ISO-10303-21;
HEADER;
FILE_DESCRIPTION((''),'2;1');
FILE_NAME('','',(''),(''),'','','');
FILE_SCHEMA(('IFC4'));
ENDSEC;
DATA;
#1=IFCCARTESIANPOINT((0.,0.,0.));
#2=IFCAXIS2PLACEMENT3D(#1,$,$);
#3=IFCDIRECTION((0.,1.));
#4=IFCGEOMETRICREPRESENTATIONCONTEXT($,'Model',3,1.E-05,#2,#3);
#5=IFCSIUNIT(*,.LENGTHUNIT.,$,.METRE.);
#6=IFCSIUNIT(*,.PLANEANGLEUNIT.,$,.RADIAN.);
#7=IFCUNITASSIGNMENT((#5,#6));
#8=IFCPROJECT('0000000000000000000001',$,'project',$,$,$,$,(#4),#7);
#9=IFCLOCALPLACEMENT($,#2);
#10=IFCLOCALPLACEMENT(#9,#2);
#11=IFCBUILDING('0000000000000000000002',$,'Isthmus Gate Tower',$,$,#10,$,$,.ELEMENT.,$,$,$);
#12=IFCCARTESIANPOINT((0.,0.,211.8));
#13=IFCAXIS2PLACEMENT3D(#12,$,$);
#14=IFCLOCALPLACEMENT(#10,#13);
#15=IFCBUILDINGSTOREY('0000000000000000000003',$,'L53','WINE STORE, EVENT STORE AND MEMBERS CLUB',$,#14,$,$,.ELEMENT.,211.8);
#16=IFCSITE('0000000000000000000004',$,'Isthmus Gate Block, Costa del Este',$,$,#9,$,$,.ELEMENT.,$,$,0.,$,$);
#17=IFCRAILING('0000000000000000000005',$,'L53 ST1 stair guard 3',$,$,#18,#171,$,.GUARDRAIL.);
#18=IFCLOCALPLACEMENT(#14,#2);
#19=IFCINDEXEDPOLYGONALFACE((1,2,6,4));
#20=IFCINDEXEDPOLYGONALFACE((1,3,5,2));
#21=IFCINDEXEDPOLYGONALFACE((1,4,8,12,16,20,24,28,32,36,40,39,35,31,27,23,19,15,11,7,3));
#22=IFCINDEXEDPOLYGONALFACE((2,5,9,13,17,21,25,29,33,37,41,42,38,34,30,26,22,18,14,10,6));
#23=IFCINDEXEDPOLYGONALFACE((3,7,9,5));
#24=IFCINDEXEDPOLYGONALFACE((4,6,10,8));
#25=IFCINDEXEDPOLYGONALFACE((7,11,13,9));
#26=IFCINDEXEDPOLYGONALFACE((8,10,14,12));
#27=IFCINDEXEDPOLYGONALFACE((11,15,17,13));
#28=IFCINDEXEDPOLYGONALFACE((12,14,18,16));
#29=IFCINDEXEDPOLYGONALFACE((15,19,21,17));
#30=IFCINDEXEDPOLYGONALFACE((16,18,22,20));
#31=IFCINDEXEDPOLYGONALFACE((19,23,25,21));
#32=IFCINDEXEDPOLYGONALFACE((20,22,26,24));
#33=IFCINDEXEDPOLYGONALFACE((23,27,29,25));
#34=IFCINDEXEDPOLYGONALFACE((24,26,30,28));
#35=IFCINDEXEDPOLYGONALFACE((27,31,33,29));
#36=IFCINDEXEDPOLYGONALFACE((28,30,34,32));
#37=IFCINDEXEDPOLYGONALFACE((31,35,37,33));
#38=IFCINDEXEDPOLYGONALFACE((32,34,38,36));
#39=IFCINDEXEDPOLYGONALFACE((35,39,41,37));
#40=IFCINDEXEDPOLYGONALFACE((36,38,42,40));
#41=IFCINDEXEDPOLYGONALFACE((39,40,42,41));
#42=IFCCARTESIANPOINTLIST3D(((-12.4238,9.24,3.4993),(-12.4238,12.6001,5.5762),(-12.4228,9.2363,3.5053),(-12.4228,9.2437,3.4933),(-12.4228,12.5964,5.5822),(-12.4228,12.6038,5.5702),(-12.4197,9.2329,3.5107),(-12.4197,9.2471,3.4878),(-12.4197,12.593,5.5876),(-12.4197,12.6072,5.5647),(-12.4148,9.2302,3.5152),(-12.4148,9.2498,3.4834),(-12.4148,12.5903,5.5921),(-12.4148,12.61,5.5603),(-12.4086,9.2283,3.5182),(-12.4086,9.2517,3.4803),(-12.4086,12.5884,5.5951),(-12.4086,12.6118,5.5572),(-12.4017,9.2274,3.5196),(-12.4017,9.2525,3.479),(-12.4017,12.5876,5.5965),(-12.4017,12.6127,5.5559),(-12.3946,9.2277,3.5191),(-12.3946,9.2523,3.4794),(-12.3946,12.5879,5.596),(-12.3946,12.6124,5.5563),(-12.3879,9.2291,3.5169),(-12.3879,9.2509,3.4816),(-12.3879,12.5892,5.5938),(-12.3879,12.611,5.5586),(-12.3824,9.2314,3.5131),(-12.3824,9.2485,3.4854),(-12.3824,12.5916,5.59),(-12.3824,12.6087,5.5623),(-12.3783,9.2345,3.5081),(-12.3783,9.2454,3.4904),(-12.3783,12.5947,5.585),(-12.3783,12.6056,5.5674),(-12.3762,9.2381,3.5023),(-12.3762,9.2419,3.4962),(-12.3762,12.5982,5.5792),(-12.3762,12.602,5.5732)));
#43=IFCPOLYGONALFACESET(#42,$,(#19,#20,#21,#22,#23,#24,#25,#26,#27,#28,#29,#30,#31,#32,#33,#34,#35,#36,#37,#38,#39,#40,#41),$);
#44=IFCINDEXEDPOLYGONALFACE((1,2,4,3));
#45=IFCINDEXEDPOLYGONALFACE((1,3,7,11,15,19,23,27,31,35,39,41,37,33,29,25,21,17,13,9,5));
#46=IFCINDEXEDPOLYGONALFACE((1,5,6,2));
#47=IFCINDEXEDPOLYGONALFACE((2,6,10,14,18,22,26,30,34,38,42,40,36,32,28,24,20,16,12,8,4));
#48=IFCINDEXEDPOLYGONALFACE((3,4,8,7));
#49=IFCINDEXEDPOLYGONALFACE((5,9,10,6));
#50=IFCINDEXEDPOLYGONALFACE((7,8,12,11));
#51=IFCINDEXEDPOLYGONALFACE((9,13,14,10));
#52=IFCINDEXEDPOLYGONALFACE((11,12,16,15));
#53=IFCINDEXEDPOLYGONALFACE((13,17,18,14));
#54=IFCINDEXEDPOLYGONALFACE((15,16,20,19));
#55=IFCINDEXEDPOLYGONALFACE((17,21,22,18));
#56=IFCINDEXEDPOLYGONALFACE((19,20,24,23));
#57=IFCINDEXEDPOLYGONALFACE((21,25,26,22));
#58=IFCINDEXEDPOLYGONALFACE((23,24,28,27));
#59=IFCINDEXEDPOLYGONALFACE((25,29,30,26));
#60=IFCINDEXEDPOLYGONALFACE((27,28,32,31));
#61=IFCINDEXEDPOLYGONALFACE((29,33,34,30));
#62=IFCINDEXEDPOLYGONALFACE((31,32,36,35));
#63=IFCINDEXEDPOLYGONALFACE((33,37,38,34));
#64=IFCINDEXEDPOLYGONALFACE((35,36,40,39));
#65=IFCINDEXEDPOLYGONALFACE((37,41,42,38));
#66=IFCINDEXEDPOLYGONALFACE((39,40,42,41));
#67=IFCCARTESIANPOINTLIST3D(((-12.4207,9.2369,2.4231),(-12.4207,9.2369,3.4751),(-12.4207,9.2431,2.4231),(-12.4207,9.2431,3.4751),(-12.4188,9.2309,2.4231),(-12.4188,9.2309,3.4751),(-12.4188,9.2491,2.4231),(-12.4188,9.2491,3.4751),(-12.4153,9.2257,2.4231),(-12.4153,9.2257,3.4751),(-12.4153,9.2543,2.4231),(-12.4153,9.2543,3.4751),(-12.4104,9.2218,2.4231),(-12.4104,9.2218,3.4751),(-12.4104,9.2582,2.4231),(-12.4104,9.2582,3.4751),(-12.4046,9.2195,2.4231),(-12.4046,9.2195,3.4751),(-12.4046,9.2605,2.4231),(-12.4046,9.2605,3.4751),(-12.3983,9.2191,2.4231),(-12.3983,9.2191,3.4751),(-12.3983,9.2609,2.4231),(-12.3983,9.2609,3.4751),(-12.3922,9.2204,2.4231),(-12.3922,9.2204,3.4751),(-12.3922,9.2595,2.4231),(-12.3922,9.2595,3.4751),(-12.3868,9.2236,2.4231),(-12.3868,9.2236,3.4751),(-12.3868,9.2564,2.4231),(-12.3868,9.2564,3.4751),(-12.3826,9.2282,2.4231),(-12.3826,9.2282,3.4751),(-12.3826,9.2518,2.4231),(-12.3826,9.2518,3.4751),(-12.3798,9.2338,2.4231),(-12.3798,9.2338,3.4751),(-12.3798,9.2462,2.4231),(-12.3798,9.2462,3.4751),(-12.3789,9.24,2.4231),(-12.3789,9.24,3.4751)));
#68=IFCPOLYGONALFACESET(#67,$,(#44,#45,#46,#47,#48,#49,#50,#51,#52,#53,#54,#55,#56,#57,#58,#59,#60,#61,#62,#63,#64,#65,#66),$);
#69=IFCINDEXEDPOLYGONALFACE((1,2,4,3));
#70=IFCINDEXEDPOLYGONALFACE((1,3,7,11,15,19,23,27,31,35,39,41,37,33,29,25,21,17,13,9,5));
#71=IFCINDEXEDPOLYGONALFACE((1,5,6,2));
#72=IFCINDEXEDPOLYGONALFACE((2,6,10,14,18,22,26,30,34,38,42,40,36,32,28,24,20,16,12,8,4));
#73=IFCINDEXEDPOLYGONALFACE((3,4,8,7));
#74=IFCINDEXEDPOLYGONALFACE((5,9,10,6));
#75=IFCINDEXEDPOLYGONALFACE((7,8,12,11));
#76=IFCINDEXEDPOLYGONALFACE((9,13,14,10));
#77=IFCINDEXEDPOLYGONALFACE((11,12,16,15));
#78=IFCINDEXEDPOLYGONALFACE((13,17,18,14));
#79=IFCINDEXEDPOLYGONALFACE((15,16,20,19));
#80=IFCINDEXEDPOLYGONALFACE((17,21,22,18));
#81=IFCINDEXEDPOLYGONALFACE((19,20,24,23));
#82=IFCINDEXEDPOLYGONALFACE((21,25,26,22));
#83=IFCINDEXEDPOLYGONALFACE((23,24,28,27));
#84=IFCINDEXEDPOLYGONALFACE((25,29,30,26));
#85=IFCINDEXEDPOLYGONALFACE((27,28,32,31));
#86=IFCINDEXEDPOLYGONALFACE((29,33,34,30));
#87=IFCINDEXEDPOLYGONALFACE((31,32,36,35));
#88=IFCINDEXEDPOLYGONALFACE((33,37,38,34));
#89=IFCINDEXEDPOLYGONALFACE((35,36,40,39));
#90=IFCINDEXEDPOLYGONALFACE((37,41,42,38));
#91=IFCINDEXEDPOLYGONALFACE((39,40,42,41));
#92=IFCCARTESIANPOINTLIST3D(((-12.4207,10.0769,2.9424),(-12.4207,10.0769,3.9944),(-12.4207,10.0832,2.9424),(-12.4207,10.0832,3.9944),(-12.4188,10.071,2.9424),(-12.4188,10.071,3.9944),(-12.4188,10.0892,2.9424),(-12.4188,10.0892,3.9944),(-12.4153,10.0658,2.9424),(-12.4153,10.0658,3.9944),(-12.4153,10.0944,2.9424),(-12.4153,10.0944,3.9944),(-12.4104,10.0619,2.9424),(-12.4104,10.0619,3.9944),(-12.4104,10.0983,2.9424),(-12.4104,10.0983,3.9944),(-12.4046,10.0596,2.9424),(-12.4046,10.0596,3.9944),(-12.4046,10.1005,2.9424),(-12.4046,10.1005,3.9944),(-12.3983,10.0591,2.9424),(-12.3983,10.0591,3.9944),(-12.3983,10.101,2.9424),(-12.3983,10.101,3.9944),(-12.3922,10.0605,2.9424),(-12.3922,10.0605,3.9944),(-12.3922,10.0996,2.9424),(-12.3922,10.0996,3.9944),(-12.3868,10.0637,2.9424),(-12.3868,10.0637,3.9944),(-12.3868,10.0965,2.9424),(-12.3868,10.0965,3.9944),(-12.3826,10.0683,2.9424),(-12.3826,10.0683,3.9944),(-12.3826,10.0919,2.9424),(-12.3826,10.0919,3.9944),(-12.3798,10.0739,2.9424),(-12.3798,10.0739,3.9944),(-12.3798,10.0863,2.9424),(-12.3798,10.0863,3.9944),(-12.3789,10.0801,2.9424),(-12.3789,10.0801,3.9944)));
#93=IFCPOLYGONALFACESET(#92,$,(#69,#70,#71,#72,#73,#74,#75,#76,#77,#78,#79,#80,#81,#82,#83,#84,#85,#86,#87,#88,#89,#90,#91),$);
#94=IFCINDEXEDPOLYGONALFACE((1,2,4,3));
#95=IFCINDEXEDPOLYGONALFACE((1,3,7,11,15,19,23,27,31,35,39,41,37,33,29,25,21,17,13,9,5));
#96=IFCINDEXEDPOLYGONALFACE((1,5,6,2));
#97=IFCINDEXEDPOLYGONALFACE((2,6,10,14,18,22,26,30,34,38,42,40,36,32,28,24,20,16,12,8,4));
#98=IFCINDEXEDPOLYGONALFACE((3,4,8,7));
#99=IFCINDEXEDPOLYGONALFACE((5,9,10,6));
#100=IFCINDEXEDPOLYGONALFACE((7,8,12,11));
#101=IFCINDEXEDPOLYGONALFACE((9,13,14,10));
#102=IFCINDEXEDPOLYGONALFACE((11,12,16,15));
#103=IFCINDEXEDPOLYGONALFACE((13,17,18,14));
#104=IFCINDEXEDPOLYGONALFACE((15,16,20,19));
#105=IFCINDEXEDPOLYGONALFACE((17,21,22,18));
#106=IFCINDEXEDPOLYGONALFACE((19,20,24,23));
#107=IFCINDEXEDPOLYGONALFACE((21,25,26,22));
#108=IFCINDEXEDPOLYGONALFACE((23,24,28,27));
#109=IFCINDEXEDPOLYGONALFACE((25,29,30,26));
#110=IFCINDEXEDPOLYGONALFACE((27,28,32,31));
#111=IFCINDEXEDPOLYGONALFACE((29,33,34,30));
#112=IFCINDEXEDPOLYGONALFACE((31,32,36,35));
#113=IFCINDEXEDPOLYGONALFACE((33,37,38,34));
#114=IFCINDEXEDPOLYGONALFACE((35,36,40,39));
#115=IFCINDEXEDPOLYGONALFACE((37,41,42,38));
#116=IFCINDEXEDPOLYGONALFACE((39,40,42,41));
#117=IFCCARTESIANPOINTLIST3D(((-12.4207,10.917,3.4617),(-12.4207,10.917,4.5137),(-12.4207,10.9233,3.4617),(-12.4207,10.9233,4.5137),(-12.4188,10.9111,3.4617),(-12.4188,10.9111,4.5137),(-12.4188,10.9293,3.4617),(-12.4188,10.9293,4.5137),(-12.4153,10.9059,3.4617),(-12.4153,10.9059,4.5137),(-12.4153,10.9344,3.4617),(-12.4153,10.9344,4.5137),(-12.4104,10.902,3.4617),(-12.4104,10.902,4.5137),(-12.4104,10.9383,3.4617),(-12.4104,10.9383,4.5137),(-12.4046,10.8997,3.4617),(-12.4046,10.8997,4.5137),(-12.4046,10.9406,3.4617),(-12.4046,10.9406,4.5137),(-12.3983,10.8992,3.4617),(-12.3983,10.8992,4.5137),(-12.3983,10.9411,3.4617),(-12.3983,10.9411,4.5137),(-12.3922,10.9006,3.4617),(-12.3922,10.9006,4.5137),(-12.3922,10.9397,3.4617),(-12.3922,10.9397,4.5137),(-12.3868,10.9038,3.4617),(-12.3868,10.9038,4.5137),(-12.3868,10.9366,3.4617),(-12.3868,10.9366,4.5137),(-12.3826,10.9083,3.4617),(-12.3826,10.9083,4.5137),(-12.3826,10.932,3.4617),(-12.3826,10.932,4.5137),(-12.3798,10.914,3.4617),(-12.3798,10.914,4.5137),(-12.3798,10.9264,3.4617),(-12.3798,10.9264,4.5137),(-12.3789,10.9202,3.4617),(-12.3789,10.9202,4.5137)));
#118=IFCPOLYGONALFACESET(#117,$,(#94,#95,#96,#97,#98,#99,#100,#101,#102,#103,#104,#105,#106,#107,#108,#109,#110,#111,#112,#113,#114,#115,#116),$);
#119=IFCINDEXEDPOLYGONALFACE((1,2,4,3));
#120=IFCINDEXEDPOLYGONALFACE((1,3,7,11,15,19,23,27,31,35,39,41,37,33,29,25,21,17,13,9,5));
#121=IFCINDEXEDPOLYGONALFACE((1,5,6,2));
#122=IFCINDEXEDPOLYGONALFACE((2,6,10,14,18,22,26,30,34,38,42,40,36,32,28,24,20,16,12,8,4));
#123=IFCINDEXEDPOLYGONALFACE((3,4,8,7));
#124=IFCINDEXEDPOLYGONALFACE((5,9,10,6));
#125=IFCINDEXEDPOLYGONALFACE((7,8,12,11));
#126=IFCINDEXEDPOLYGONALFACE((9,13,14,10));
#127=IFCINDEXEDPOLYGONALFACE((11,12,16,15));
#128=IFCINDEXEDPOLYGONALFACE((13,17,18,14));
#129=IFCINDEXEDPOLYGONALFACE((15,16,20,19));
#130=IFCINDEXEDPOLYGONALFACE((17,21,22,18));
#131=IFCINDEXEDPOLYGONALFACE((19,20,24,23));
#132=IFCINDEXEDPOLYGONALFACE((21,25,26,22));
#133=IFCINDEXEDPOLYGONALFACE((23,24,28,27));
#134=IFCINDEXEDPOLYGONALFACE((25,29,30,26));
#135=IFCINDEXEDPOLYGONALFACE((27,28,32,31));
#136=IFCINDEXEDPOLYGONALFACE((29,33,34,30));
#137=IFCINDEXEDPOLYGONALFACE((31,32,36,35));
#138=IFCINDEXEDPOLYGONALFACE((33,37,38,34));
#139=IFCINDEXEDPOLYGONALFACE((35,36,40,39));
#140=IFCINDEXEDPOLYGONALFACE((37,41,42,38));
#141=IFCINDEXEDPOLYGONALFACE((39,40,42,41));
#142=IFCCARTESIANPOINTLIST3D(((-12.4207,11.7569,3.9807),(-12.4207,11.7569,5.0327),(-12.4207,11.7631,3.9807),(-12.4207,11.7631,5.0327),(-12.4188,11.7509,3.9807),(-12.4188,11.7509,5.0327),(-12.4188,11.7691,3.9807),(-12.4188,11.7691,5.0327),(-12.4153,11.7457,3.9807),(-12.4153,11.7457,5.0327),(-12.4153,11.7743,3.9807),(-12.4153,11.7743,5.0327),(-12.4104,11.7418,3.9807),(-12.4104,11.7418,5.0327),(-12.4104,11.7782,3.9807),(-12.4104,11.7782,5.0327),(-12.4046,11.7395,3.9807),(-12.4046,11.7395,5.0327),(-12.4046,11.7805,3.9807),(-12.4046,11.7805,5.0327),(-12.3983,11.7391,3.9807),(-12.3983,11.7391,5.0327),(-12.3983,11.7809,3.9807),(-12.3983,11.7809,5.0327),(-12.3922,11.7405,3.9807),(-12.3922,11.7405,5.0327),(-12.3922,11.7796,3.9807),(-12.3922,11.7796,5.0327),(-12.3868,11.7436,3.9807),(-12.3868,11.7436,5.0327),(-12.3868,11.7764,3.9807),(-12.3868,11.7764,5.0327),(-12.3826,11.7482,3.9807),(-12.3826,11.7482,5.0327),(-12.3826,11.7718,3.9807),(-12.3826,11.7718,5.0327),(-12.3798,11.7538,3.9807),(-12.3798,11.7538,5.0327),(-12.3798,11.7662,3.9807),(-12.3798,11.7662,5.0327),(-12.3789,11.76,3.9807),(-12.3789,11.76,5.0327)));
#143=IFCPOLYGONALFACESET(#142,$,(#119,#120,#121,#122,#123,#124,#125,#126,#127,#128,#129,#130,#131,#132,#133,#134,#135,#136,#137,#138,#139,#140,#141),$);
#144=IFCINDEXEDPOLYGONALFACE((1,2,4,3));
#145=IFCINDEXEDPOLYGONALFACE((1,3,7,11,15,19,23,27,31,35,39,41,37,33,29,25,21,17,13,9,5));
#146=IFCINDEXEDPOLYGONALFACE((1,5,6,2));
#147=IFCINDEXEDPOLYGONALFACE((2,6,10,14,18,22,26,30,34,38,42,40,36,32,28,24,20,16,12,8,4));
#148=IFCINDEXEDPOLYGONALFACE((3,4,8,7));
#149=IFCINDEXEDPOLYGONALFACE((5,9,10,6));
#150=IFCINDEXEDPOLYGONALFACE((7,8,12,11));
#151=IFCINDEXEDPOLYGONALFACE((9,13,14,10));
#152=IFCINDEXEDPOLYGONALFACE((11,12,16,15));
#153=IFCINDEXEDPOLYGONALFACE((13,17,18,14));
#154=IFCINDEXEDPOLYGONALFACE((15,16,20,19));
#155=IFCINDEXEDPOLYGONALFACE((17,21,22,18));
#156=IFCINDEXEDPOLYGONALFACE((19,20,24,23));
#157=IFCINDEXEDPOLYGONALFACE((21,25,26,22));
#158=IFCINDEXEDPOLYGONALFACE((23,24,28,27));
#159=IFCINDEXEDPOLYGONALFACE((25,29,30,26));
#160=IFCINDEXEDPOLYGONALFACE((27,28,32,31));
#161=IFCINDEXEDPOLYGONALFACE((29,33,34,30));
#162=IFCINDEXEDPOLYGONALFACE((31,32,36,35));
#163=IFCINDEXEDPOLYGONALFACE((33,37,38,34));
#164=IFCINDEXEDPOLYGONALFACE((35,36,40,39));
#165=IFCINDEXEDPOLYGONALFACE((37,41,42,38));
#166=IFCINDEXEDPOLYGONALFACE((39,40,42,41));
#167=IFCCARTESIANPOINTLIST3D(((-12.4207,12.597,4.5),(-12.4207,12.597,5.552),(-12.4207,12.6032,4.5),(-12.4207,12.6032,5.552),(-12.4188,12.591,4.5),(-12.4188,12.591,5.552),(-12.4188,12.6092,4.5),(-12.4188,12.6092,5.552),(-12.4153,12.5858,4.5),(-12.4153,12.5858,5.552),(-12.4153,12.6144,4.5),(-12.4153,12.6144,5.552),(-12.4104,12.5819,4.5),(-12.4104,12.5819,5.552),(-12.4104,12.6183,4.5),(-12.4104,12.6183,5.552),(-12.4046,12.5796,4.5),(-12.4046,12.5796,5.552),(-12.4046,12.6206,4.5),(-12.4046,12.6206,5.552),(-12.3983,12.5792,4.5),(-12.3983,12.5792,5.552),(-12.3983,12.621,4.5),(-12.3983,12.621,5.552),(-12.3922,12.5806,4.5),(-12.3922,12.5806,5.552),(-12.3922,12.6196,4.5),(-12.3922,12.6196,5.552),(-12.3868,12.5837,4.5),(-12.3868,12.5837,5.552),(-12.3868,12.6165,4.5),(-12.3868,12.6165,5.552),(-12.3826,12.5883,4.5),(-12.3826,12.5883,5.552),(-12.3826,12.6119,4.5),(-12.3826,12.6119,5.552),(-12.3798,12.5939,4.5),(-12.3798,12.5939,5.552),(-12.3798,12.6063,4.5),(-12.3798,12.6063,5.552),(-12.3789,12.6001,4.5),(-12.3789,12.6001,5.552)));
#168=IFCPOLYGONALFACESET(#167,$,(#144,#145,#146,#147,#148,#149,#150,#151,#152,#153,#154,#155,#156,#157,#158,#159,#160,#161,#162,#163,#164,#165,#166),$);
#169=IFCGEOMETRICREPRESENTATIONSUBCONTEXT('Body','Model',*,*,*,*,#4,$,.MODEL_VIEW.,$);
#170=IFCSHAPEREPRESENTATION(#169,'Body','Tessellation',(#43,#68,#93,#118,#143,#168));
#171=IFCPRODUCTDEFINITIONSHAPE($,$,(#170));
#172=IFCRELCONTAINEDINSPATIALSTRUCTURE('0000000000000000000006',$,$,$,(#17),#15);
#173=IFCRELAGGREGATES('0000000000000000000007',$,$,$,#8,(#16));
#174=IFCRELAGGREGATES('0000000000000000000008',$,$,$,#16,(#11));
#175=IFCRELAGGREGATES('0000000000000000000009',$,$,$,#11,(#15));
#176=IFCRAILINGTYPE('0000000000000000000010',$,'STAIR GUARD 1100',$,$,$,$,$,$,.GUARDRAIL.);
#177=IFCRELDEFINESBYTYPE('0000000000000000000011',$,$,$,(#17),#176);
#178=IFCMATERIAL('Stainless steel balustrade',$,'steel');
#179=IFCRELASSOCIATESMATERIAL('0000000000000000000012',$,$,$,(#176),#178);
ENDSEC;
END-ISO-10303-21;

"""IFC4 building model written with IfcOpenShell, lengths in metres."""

from ifc_helpers import new_model, si_unit, direction, frame, origin, origin_2d, place, context, subcontext, project, spatial, circle, extrude, material, type_object, element, save


model = new_model("IFC4")

# Units and contexts
model_context = context("Model", 3, precision=1e-05, world=origin(), true_north=direction((0.0, 1.0)))
body_context = subcontext(model_context, "Body", "Model", "MODEL_VIEW")
ifc_project = project(units=[si_unit("LENGTHUNIT", "METRE"), si_unit("PLANEANGLEUNIT", "RADIAN")], contexts=[model_context])

# Site, building, storey
site_placement = place(None, origin())
site = spatial("IfcSite", under=ifc_project, at=site_placement, Name="Isthmus Gate Block, Costa del Este", CompositionType="ELEMENT", RefElevation=0.0)
building_placement = place(site_placement, origin())
building = spatial("IfcBuilding", under=site, at=building_placement, Name="Isthmus Gate Tower", CompositionType="ELEMENT")
storey_placement = place(building_placement, frame((0.0, 0.0, 211.8)))
storey = spatial("IfcBuildingStorey", under=building, at=storey_placement, Name="L53", Description="WINE STORE, EVENT STORE AND MEMBERS CLUB", CompositionType="ELEMENT", Elevation=211.8)

# Railing
ifc_material_1 = material(Name="Stainless steel balustrade", Category="steel")
railing_type_1 = type_object("IfcRailingType", Name="STAIR GUARD 1100", PredefinedType="GUARDRAIL", material=ifc_material_1)
railing_1_placement = place(storey_placement, frame((-12.3999, 9.24, 2.4231)))
element("IfcRailing", 1, at=railing_1_placement, inside=storey, type_object=railing_type_1, Name="L53 ST1 stair guard 3", PredefinedType="GUARDRAIL", context=body_context, shape_type="SweptSolid", body=[
    extrude(circle(Radius=0.0239, at=origin_2d()), frame((0.0, 0.0, 1.0762), z_axis=(0.0, 0.850623, 0.525776), x_axis=(-1.0, 0.0, 0.0)), (0.0, 0.0, 1.0), 3.9502),
    extrude(circle(Radius=0.021, at=origin_2d()), origin(), (0.0, 0.0, 1.0), 1.052),
    extrude(circle(Radius=0.021, at=origin_2d()), frame((0.0, 0.8401, 0.5193)), (0.0, 0.0, 1.0), 1.052),
    extrude(circle(Radius=0.021, at=origin_2d()), frame((0.0, 1.6802, 1.0386)), (0.0, 0.0, 1.0), 1.052),
    extrude(circle(Radius=0.021, at=origin_2d()), frame((0.0, 2.52, 1.5576)), (0.0, 0.0, 1.0), 1.052),
    extrude(circle(Radius=0.021, at=origin_2d()), frame((0.0, 3.3601, 2.0769)), (0.0, 0.0, 1.0), 1.052),
])

save(model, "model.ifc")
